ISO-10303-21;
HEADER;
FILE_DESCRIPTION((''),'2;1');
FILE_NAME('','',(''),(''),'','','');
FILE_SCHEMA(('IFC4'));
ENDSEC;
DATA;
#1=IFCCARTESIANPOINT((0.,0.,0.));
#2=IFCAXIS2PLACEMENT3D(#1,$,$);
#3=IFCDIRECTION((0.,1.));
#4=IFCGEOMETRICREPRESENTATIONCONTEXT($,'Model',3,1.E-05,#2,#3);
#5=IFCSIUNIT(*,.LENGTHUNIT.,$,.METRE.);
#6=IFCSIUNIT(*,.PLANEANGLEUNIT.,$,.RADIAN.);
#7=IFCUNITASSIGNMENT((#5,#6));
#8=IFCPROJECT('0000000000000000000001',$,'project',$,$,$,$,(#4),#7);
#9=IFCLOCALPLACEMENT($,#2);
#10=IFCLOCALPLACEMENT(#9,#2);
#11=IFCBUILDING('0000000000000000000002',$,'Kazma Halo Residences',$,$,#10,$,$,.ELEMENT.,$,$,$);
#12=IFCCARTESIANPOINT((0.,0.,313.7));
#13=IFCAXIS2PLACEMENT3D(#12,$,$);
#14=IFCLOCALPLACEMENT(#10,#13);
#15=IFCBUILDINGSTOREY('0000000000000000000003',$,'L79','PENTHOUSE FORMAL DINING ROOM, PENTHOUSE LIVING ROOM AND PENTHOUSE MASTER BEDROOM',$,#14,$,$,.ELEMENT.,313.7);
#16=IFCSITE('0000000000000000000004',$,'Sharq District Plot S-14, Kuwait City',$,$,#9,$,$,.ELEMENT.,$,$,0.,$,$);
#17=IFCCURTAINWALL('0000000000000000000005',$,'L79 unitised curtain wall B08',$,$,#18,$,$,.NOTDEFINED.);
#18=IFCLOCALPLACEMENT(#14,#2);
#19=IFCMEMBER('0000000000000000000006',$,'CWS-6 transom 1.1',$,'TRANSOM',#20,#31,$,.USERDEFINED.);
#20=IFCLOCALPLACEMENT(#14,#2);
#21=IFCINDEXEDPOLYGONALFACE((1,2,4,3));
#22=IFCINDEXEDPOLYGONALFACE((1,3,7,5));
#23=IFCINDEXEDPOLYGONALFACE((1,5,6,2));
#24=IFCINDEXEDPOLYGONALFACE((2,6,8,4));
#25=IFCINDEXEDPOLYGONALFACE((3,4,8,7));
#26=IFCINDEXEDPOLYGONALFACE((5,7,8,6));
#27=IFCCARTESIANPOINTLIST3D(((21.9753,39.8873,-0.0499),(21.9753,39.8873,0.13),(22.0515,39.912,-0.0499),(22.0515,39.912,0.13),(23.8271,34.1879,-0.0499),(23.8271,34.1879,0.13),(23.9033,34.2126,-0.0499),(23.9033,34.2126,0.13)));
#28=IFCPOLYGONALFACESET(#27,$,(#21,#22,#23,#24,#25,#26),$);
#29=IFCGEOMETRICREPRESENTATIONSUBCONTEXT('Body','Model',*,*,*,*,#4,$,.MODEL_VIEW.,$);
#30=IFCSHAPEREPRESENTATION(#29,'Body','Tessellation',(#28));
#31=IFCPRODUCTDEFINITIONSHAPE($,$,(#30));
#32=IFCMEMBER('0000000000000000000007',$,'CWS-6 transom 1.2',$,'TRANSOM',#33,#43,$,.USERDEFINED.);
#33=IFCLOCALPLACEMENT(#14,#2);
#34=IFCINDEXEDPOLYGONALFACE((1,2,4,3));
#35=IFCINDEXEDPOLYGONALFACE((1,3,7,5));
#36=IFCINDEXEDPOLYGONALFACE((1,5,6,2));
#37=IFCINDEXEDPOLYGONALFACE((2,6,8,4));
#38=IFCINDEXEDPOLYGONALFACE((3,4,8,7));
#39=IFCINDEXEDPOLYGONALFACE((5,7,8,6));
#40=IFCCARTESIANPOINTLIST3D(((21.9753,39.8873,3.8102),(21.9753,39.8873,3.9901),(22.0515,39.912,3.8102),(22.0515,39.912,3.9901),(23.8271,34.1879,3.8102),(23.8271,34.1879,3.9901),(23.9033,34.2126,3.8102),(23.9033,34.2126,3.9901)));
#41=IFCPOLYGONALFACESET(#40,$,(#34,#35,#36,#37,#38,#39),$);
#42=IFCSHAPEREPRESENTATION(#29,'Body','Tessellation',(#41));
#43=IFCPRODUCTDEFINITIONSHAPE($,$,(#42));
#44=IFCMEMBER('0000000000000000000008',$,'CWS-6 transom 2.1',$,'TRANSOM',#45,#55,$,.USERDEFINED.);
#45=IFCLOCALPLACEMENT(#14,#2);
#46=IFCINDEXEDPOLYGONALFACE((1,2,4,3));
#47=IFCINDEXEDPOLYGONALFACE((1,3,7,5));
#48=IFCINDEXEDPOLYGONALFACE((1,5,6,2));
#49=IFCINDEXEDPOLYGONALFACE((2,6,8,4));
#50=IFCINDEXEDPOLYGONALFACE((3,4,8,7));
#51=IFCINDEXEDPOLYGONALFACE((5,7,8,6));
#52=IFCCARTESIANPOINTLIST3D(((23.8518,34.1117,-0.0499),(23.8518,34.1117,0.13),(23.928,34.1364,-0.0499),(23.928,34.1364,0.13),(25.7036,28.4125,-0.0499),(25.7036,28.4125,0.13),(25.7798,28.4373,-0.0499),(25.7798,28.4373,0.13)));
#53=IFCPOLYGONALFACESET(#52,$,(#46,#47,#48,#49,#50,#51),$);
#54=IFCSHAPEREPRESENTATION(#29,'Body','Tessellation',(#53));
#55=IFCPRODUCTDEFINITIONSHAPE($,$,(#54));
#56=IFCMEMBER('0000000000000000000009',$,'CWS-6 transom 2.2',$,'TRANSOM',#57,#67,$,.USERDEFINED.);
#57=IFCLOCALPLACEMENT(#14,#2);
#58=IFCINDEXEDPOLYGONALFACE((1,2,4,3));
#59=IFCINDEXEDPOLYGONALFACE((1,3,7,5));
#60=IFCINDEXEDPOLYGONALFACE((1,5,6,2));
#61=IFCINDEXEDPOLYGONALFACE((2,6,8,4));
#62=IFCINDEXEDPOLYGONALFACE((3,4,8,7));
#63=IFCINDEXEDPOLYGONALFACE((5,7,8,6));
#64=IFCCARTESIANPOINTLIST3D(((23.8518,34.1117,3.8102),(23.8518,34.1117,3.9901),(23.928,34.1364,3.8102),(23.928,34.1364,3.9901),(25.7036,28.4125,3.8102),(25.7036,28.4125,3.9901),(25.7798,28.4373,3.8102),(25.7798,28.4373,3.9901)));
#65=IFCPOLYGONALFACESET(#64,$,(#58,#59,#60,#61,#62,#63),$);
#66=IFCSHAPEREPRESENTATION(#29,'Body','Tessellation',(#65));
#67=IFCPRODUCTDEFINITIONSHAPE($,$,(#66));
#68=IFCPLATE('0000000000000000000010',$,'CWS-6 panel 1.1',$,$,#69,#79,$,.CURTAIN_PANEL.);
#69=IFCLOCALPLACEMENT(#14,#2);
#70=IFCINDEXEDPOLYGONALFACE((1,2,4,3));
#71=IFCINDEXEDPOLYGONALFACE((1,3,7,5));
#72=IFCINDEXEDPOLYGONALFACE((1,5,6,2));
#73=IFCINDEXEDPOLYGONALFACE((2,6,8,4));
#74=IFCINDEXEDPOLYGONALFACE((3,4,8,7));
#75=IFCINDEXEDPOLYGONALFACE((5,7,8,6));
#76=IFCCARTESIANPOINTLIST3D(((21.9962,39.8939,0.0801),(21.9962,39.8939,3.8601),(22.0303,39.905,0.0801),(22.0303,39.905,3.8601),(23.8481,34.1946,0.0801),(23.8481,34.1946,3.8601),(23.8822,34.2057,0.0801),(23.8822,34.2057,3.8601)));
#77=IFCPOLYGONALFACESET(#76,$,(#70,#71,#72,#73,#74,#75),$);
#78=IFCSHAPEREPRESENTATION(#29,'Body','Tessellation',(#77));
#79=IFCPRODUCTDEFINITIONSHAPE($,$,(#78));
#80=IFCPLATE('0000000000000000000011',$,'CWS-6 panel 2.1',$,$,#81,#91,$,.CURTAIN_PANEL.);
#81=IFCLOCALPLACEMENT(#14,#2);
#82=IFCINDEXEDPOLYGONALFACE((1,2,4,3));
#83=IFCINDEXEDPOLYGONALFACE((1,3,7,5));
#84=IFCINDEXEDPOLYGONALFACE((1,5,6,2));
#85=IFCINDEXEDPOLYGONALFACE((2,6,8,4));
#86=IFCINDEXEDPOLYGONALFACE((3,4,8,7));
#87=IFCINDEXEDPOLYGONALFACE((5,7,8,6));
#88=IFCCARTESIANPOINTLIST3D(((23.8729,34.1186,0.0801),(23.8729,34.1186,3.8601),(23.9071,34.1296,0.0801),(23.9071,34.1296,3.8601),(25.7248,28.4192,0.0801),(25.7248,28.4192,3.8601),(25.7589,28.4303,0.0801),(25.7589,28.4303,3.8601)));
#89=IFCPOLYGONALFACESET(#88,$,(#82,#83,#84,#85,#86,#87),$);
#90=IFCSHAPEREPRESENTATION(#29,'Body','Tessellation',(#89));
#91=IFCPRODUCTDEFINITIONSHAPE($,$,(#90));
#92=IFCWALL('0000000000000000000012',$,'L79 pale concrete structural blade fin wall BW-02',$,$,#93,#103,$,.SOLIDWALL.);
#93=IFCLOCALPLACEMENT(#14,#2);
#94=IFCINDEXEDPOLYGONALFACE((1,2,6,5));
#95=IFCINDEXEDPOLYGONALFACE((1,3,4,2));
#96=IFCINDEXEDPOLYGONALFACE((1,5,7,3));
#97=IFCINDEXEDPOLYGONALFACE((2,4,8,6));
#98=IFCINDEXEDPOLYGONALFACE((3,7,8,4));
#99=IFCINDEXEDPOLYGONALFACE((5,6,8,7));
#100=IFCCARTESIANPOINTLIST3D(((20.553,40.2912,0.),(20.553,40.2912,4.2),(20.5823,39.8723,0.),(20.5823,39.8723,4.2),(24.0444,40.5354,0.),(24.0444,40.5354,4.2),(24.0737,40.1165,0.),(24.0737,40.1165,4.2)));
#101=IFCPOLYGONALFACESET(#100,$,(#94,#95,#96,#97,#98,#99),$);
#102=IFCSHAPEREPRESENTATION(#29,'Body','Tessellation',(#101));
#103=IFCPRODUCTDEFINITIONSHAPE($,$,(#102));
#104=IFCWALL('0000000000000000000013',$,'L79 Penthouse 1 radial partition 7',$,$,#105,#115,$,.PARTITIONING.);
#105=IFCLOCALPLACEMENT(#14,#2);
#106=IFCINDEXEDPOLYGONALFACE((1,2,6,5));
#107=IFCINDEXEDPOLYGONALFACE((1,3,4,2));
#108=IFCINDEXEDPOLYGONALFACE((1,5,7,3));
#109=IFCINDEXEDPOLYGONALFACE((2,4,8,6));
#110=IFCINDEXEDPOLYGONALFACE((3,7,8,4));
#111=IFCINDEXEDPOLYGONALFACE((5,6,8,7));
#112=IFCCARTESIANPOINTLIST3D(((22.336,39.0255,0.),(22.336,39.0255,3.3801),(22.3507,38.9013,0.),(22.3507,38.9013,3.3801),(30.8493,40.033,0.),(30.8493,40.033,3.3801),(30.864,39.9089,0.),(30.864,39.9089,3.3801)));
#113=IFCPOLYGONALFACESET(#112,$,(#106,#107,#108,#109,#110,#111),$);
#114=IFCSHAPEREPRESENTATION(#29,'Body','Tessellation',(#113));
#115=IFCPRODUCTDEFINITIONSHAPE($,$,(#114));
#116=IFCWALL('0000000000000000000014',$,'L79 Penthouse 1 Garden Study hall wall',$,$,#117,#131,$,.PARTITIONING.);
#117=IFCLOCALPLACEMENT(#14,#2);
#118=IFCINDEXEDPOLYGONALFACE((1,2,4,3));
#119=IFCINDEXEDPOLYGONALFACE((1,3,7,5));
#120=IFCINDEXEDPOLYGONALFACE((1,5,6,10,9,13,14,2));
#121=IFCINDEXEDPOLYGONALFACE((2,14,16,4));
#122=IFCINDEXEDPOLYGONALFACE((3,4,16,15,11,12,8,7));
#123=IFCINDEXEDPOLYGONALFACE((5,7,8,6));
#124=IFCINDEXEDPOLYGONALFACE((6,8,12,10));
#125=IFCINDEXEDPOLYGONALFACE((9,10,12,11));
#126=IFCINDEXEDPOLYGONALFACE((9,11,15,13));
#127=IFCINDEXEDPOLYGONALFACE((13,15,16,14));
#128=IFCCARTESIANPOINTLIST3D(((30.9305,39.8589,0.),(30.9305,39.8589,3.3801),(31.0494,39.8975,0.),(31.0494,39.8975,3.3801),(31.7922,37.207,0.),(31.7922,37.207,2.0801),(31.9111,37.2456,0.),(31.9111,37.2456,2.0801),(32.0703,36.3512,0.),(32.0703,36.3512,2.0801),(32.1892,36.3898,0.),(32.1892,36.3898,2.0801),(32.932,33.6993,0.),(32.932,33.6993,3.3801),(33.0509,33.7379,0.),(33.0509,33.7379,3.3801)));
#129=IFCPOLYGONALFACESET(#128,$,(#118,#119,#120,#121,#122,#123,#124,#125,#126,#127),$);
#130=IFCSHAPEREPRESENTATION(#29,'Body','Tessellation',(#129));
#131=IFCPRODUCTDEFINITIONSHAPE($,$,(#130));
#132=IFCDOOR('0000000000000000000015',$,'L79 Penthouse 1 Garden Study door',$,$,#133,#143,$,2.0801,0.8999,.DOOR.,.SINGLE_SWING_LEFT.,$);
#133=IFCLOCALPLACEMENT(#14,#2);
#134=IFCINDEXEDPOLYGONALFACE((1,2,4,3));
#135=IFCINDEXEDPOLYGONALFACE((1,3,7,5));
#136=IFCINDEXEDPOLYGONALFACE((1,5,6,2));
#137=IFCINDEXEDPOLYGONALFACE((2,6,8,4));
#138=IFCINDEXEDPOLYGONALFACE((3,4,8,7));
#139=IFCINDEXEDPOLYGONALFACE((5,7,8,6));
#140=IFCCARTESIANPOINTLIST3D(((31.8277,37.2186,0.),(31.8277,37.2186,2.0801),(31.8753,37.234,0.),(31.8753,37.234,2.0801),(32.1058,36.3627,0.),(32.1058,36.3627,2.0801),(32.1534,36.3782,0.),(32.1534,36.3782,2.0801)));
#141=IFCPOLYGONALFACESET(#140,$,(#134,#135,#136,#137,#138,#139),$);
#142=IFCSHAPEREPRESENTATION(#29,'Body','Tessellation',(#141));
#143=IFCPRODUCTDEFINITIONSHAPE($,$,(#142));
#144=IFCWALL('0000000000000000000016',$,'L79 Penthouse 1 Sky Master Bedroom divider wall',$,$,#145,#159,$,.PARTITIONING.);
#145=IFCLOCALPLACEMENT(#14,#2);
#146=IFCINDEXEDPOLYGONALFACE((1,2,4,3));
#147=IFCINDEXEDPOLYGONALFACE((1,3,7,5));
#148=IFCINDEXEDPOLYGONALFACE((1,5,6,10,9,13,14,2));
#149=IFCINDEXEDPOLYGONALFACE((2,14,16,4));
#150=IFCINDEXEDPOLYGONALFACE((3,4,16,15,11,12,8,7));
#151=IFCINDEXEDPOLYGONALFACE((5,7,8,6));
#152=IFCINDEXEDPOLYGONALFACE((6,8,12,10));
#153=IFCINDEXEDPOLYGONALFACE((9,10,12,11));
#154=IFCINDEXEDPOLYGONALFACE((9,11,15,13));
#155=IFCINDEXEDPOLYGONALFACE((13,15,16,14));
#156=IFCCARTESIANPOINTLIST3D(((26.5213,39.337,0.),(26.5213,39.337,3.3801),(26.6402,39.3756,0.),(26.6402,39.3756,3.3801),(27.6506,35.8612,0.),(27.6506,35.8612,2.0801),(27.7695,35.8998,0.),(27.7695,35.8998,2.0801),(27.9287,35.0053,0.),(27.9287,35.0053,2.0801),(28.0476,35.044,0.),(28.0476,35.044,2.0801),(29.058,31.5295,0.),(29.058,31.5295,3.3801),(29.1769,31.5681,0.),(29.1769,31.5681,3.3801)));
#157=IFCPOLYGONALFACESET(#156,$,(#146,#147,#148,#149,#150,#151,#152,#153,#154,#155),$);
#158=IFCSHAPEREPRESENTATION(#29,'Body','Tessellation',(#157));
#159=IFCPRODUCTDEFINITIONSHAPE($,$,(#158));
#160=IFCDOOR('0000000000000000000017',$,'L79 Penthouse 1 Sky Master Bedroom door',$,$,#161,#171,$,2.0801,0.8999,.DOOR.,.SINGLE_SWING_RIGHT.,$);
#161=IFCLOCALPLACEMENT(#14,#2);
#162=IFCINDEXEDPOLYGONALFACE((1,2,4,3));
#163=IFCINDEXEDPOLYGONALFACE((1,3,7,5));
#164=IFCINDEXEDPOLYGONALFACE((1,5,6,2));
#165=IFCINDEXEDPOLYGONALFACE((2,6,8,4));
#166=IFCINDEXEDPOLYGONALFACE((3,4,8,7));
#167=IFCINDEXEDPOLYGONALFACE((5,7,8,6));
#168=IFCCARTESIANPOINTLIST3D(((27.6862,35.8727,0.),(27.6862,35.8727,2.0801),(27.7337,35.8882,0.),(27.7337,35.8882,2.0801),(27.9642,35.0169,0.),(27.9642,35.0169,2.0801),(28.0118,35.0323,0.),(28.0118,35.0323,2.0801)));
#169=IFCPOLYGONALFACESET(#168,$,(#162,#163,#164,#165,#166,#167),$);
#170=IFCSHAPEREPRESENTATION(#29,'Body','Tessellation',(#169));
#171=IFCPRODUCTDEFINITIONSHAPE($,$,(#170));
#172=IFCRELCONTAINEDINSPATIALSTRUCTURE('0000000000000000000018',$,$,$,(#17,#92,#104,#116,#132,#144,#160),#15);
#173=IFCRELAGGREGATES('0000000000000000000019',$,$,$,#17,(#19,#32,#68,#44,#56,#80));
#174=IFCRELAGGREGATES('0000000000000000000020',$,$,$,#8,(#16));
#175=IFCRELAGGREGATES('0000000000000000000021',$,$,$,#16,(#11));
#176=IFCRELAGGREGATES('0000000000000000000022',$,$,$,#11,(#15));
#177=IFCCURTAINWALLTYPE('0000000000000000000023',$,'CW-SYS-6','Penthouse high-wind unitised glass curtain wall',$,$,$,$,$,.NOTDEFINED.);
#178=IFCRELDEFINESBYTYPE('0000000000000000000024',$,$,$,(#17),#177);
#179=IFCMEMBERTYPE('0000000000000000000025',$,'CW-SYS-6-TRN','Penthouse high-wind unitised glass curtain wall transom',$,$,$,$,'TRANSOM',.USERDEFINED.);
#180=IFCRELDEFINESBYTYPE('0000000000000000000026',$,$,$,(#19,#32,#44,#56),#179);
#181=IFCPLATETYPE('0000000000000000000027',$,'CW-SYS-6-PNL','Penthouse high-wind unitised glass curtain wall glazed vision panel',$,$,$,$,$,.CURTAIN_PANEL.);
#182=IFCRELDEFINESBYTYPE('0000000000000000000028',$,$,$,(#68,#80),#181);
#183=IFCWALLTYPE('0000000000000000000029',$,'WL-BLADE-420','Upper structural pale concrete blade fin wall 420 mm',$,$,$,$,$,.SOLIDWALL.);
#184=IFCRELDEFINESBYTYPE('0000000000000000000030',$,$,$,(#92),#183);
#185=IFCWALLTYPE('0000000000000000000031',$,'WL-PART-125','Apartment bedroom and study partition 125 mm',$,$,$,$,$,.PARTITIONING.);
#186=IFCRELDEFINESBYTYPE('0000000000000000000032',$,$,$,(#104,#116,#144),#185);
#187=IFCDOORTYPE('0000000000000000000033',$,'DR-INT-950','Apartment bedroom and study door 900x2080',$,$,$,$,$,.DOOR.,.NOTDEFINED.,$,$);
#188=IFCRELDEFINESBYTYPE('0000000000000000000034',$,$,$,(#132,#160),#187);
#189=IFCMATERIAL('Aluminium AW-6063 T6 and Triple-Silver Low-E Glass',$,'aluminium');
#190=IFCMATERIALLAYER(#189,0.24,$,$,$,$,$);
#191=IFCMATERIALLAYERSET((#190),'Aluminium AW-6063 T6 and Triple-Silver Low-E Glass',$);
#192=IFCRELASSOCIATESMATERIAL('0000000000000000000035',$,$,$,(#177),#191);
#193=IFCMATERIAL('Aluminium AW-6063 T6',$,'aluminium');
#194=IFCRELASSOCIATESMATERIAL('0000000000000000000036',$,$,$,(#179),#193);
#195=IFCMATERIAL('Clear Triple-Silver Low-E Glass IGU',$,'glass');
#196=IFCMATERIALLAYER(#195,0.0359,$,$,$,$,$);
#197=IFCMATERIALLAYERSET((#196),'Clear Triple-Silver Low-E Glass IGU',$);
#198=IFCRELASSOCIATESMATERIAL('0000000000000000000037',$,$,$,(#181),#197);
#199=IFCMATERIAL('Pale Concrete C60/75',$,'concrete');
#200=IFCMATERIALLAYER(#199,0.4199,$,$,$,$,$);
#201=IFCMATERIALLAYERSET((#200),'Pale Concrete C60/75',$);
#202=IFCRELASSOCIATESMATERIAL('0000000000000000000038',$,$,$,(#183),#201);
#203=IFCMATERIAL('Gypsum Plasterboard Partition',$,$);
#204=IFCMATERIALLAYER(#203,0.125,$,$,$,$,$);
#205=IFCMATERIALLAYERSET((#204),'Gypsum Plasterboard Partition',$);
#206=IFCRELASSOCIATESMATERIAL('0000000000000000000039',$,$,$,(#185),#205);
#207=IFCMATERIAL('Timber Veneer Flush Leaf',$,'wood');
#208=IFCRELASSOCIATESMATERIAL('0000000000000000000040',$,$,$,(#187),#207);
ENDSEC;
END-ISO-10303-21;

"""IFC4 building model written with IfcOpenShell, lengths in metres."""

from ifc_helpers import new_model, si_unit, direction, frame, frame_2d, origin, origin_2d, place, context, subcontext, project, spatial, rectangle, extrude, material, layer, layer_set, material_profile, profile_set, type_object, element, fill, aggregate, save


model = new_model("IFC4")

# Units and contexts
model_context = context("Model", 3, precision=1e-05, world=origin(), true_north=direction((0.0, 1.0)))
body_context = subcontext(model_context, "Body", "Model", "MODEL_VIEW")
ifc_project = project(units=[si_unit("LENGTHUNIT", "METRE"), si_unit("PLANEANGLEUNIT", "RADIAN")], contexts=[model_context])

# Site, building, storey
site_placement = place(None, origin())
site = spatial("IfcSite", under=ifc_project, at=site_placement, Name="Sharq District Plot S-14, Kuwait City", CompositionType="ELEMENT", RefElevation=0.0)
building_placement = place(site_placement, origin())
building = spatial("IfcBuilding", under=site, at=building_placement, Name="Kazma Halo Residences", CompositionType="ELEMENT")
storey_placement = place(building_placement, frame((0.0, 0.0, 313.7)))
storey = spatial("IfcBuildingStorey", under=building, at=storey_placement, Name="L79", Description="PENTHOUSE FORMAL DINING ROOM, PENTHOUSE LIVING ROOM AND PENTHOUSE MASTER BEDROOM", CompositionType="ELEMENT", Elevation=313.7)

# Shared definitions
ifc_material_1 = material(Name="Aluminium AW-6063 T6 and Triple-Silver Low-E Glass", Category="aluminium")
ifc_layer_1 = layer(ifc_material_1, 0.24)
ifc_layer_set_1 = layer_set([ifc_layer_1], Name="Aluminium AW-6063 T6 and Triple-Silver Low-E Glass")
curtain_wall_type = type_object("IfcCurtainWallType", Name="CW-SYS-6", Description="Penthouse high-wind unitised glass curtain wall", PredefinedType="NOTDEFINED", material=ifc_layer_set_1)
ifc_material_2 = material(Name="Aluminium AW-6063 T6", Category="aluminium")

# Curtain wall, members, plates
curtain_wall_1_placement = place(storey_placement, origin())
curtain_wall_1 = element("IfcCurtainWall", 1, at=curtain_wall_1_placement, inside=storey, type_object=curtain_wall_type, Name="L79 unitised curtain wall B08", PredefinedType="NOTDEFINED")
ifc_material_profile_1 = material_profile(ifc_material_2, rectangle(XDim=0.0801, YDim=0.1799, at=origin_2d()), Name="CWT-80x180")
ifc_profile_set_1 = profile_set([ifc_material_profile_1], Name="Aluminium AW-6063 T6")
member_type_1 = type_object("IfcMemberType", Name="CW-SYS-6-TRN", Description="Penthouse high-wind unitised glass curtain wall transom", ElementType="TRANSOM", PredefinedType="USERDEFINED", material=ifc_profile_set_1)
member_1_placement = place(storey_placement, frame((22.0134, 39.8997, 0.04), z_axis=(0.309008, -0.95106, 0.0), x_axis=(0.95106, 0.309008, 0.0)))
member_1 = element("IfcMember", 2, at=member_1_placement, type_object=member_type_1, Name="CWS-6 transom 1.1", ObjectType="TRANSOM", PredefinedType="USERDEFINED", context=body_context, shape_type="SweptSolid", body=[
    extrude(rectangle(XDim=0.0801, YDim=0.1799, at=origin_2d()), origin(), (0.0, 0.0, 1.0), 5.9927),
])
member_2_placement = place(storey_placement, frame((22.0134, 39.8997, 3.9001), z_axis=(0.309008, -0.95106, 0.0), x_axis=(0.95106, 0.309008, 0.0)))
member_2 = element("IfcMember", 3, at=member_2_placement, type_object=member_type_1, Name="CWS-6 transom 1.2", ObjectType="TRANSOM", PredefinedType="USERDEFINED", context=body_context, shape_type="SweptSolid", body=[
    extrude(rectangle(XDim=0.0801, YDim=0.1799, at=origin_2d()), origin(), (0.0, 0.0, 1.0), 5.9927),
])
member_3_placement = place(storey_placement, frame((23.8899, 34.124, 0.04), z_axis=(0.30902, -0.951056, 0.0), x_axis=(0.951056, 0.30902, 0.0)))
member_3 = element("IfcMember", 4, at=member_3_placement, type_object=member_type_1, Name="CWS-6 transom 2.1", ObjectType="TRANSOM", PredefinedType="USERDEFINED", context=body_context, shape_type="SweptSolid", body=[
    extrude(rectangle(XDim=0.0801, YDim=0.1799, at=origin_2d()), origin(), (0.0, 0.0, 1.0), 5.9924),
])
member_4_placement = place(storey_placement, frame((23.8899, 34.124, 3.9001), z_axis=(0.30902, -0.951056, 0.0), x_axis=(0.951056, 0.30902, 0.0)))
member_4 = element("IfcMember", 5, at=member_4_placement, type_object=member_type_1, Name="CWS-6 transom 2.2", ObjectType="TRANSOM", PredefinedType="USERDEFINED", context=body_context, shape_type="SweptSolid", body=[
    extrude(rectangle(XDim=0.0801, YDim=0.1799, at=origin_2d()), origin(), (0.0, 0.0, 1.0), 5.9924),
])
ifc_material_3 = material(Name="Clear Triple-Silver Low-E Glass IGU", Category="glass")
ifc_layer_2 = layer(ifc_material_3, 0.0359)
ifc_layer_set_2 = layer_set([ifc_layer_2], Name="Clear Triple-Silver Low-E Glass IGU")
plate_type = type_object("IfcPlateType", Name="CW-SYS-6-PNL", Description="Penthouse high-wind unitised glass curtain wall glazed vision panel", PredefinedType="CURTAIN_PANEL", material=ifc_layer_set_2)
plate_1_placement = place(storey_placement, frame((22.9392, 37.0498, 0.0801), z_axis=(0.0, 0.0, 1.0), x_axis=(0.309019, -0.951056, 0.0)))
plate_1 = element("IfcPlate", 6, at=plate_1_placement, type_object=plate_type, Name="CWS-6 panel 1.1", PredefinedType="CURTAIN_PANEL", context=body_context, shape_type="SweptSolid", body=[
    extrude(rectangle(XDim=5.9927, YDim=0.0359, at=origin_2d()), origin(), (0.0, 0.0, 1.0), 3.78),
])
plate_2_placement = place(storey_placement, frame((24.8159, 31.2744, 0.0801), z_axis=(0.0, 0.0, 1.0), x_axis=(0.309019, -0.951056, 0.0)))
plate_2 = element("IfcPlate", 7, at=plate_2_placement, type_object=plate_type, Name="CWS-6 panel 2.1", PredefinedType="CURTAIN_PANEL", context=body_context, shape_type="SweptSolid", body=[
    extrude(rectangle(XDim=5.9927, YDim=0.0359, at=origin_2d()), origin(), (0.0, 0.0, 1.0), 3.78),
])
aggregate(curtain_wall_1, [member_1, member_2, plate_1, member_3, member_4, plate_2])

# Walls
ifc_material_4 = material(Name="Pale Concrete C60/75", Category="concrete")
ifc_layer_3 = layer(ifc_material_4, 0.4199)
ifc_layer_set_3 = layer_set([ifc_layer_3], Name="Pale Concrete C60/75")
wall_type_1 = type_object("IfcWallType", Name="WL-BLADE-420", Description="Upper structural pale concrete blade fin wall 420 mm", PredefinedType="SOLIDWALL", material=ifc_layer_set_3)
wall_1_placement = place(storey_placement, frame((24.0591, 40.3259, 0.0), z_axis=(0.0, 0.0, 1.0), x_axis=(-0.997564, -0.069755, 0.0)))
element("IfcWall", 8, at=wall_1_placement, inside=storey, type_object=wall_type_1, Name="L79 pale concrete structural blade fin wall BW-02", PredefinedType="SOLIDWALL", context=body_context, shape_type="SweptSolid", body=[
    extrude(rectangle(XDim=3.5, YDim=0.4199, at=frame_2d((1.75, 0.0))), origin(), (0.0, 0.0, 1.0), 4.2),
])
ifc_material_5 = material(Name="Gypsum Plasterboard Partition")
ifc_layer_4 = layer(ifc_material_5, 0.125)
ifc_layer_set_4 = layer_set([ifc_layer_4], Name="Gypsum Plasterboard Partition")
wall_type_2 = type_object("IfcWallType", Name="WL-PART-125", Description="Apartment bedroom and study partition 125 mm", PredefinedType="PARTITIONING", material=ifc_layer_set_4)
wall_2_placement = place(storey_placement, frame((30.8567, 39.9709, 0.0), z_axis=(0.0, 0.0, 1.0), x_axis=(-0.993069, -0.11753, 0.0)))
element("IfcWall", 9, at=wall_2_placement, inside=storey, type_object=wall_type_2, Name="L79 Penthouse 1 radial partition 7", PredefinedType="PARTITIONING", context=body_context, shape_type="SweptSolid", body=[
    extrude(rectangle(XDim=8.5728, YDim=0.125, at=frame_2d((4.2864, 0.0))), origin(), (0.0, 0.0, 1.0), 3.3801),
])

# Walls, openings, doors
wall_3_placement = place(storey_placement, frame((30.99, 39.8782, 0.0), z_axis=(0.0, 0.0, 1.0), x_axis=(0.309026, -0.951053, 0.0)))
wall_3 = element("IfcWall", 10, at=wall_3_placement, inside=storey, type_object=wall_type_2, Name="L79 Penthouse 1 Garden Study hall wall", PredefinedType="PARTITIONING", context=body_context, shape_type="SweptSolid", body=[
    extrude(rectangle(XDim=6.4766, YDim=0.125, at=frame_2d((3.2383, 0.0))), origin(), (0.0, 0.0, 1.0), 3.3801),
])
opening_1_placement = place(wall_3_placement, frame((2.7883, 0.0, 0.0)))
opening_1 = element("IfcOpeningElement", 11, at=opening_1_placement, cuts=wall_3, PredefinedType="OPENING", context=body_context, shape_type="SweptSolid", body=[
    extrude(rectangle(XDim=0.8999, YDim=2.0801, at=frame_2d((0.45, 1.04))), frame((0.0, 0.0725, 0.0), z_axis=(0.0, -1.0, 0.0), x_axis=(1.0, 0.0, 0.0)), (0.0, 0.0, 1.0), 0.145),
])
ifc_material_6 = material(Name="Timber Veneer Flush Leaf", Category="wood")
door_type_1 = type_object("IfcDoorType", Name="DR-INT-950", Description="Apartment bedroom and study door 900x2080", OperationType="NOTDEFINED", PredefinedType="DOOR", material=ifc_material_6)
door_1_placement = place(opening_1_placement, origin())
door_1 = element("IfcDoor", 12, at=door_1_placement, inside=storey, type_object=door_type_1, Name="L79 Penthouse 1 Garden Study door", OperationType="SINGLE_SWING_LEFT", OverallHeight=2.0801, OverallWidth=0.8999, PredefinedType="DOOR", context=body_context, shape_type="SweptSolid", body=[
    extrude(rectangle(XDim=0.8999, YDim=2.0801, at=frame_2d((0.45, 1.04))), frame((0.0, 0.0249, 0.0), z_axis=(0.0, -1.0, 0.0), x_axis=(1.0, 0.0, 0.0)), (0.0, 0.0, 1.0), 0.05),
])
fill(opening_1, door_1)
wall_4_placement = place(storey_placement, frame((26.5808, 39.3562, 0.0), z_axis=(0.0, 0.0, 1.0), x_axis=(0.309001, -0.951062, 0.0)))
wall_4 = element("IfcWall", 13, at=wall_4_placement, inside=storey, type_object=wall_type_2, Name="L79 Penthouse 1 Sky Master Bedroom divider wall", PredefinedType="PARTITIONING", context=body_context, shape_type="SweptSolid", body=[
    extrude(rectangle(XDim=8.2092, YDim=0.125, at=frame_2d((4.1045, 0.0))), origin(), (0.0, 0.0, 1.0), 3.3801),
])
opening_2_placement = place(wall_4_placement, frame((3.6545, 0.0, 0.0)))
opening_2 = element("IfcOpeningElement", 14, at=opening_2_placement, cuts=wall_4, PredefinedType="OPENING", context=body_context, shape_type="SweptSolid", body=[
    extrude(rectangle(XDim=0.8999, YDim=2.0801, at=frame_2d((0.45, 1.04))), frame((0.0, 0.0725, 0.0), z_axis=(0.0, -1.0, 0.0), x_axis=(1.0, 0.0, 0.0)), (0.0, 0.0, 1.0), 0.145),
])
door_2_placement = place(opening_2_placement, origin())
door_2 = element("IfcDoor", 15, at=door_2_placement, inside=storey, type_object=door_type_1, Name="L79 Penthouse 1 Sky Master Bedroom door", OperationType="SINGLE_SWING_RIGHT", OverallHeight=2.0801, OverallWidth=0.8999, PredefinedType="DOOR", context=body_context, shape_type="SweptSolid", body=[
    extrude(rectangle(XDim=0.8999, YDim=2.0801, at=frame_2d((0.45, 1.04))), frame((0.0, 0.0249, 0.0), z_axis=(0.0, -1.0, 0.0), x_axis=(1.0, 0.0, 0.0)), (0.0, 0.0, 1.0), 0.05),
])
fill(opening_2, door_2)

save(model, "model.ifc")
